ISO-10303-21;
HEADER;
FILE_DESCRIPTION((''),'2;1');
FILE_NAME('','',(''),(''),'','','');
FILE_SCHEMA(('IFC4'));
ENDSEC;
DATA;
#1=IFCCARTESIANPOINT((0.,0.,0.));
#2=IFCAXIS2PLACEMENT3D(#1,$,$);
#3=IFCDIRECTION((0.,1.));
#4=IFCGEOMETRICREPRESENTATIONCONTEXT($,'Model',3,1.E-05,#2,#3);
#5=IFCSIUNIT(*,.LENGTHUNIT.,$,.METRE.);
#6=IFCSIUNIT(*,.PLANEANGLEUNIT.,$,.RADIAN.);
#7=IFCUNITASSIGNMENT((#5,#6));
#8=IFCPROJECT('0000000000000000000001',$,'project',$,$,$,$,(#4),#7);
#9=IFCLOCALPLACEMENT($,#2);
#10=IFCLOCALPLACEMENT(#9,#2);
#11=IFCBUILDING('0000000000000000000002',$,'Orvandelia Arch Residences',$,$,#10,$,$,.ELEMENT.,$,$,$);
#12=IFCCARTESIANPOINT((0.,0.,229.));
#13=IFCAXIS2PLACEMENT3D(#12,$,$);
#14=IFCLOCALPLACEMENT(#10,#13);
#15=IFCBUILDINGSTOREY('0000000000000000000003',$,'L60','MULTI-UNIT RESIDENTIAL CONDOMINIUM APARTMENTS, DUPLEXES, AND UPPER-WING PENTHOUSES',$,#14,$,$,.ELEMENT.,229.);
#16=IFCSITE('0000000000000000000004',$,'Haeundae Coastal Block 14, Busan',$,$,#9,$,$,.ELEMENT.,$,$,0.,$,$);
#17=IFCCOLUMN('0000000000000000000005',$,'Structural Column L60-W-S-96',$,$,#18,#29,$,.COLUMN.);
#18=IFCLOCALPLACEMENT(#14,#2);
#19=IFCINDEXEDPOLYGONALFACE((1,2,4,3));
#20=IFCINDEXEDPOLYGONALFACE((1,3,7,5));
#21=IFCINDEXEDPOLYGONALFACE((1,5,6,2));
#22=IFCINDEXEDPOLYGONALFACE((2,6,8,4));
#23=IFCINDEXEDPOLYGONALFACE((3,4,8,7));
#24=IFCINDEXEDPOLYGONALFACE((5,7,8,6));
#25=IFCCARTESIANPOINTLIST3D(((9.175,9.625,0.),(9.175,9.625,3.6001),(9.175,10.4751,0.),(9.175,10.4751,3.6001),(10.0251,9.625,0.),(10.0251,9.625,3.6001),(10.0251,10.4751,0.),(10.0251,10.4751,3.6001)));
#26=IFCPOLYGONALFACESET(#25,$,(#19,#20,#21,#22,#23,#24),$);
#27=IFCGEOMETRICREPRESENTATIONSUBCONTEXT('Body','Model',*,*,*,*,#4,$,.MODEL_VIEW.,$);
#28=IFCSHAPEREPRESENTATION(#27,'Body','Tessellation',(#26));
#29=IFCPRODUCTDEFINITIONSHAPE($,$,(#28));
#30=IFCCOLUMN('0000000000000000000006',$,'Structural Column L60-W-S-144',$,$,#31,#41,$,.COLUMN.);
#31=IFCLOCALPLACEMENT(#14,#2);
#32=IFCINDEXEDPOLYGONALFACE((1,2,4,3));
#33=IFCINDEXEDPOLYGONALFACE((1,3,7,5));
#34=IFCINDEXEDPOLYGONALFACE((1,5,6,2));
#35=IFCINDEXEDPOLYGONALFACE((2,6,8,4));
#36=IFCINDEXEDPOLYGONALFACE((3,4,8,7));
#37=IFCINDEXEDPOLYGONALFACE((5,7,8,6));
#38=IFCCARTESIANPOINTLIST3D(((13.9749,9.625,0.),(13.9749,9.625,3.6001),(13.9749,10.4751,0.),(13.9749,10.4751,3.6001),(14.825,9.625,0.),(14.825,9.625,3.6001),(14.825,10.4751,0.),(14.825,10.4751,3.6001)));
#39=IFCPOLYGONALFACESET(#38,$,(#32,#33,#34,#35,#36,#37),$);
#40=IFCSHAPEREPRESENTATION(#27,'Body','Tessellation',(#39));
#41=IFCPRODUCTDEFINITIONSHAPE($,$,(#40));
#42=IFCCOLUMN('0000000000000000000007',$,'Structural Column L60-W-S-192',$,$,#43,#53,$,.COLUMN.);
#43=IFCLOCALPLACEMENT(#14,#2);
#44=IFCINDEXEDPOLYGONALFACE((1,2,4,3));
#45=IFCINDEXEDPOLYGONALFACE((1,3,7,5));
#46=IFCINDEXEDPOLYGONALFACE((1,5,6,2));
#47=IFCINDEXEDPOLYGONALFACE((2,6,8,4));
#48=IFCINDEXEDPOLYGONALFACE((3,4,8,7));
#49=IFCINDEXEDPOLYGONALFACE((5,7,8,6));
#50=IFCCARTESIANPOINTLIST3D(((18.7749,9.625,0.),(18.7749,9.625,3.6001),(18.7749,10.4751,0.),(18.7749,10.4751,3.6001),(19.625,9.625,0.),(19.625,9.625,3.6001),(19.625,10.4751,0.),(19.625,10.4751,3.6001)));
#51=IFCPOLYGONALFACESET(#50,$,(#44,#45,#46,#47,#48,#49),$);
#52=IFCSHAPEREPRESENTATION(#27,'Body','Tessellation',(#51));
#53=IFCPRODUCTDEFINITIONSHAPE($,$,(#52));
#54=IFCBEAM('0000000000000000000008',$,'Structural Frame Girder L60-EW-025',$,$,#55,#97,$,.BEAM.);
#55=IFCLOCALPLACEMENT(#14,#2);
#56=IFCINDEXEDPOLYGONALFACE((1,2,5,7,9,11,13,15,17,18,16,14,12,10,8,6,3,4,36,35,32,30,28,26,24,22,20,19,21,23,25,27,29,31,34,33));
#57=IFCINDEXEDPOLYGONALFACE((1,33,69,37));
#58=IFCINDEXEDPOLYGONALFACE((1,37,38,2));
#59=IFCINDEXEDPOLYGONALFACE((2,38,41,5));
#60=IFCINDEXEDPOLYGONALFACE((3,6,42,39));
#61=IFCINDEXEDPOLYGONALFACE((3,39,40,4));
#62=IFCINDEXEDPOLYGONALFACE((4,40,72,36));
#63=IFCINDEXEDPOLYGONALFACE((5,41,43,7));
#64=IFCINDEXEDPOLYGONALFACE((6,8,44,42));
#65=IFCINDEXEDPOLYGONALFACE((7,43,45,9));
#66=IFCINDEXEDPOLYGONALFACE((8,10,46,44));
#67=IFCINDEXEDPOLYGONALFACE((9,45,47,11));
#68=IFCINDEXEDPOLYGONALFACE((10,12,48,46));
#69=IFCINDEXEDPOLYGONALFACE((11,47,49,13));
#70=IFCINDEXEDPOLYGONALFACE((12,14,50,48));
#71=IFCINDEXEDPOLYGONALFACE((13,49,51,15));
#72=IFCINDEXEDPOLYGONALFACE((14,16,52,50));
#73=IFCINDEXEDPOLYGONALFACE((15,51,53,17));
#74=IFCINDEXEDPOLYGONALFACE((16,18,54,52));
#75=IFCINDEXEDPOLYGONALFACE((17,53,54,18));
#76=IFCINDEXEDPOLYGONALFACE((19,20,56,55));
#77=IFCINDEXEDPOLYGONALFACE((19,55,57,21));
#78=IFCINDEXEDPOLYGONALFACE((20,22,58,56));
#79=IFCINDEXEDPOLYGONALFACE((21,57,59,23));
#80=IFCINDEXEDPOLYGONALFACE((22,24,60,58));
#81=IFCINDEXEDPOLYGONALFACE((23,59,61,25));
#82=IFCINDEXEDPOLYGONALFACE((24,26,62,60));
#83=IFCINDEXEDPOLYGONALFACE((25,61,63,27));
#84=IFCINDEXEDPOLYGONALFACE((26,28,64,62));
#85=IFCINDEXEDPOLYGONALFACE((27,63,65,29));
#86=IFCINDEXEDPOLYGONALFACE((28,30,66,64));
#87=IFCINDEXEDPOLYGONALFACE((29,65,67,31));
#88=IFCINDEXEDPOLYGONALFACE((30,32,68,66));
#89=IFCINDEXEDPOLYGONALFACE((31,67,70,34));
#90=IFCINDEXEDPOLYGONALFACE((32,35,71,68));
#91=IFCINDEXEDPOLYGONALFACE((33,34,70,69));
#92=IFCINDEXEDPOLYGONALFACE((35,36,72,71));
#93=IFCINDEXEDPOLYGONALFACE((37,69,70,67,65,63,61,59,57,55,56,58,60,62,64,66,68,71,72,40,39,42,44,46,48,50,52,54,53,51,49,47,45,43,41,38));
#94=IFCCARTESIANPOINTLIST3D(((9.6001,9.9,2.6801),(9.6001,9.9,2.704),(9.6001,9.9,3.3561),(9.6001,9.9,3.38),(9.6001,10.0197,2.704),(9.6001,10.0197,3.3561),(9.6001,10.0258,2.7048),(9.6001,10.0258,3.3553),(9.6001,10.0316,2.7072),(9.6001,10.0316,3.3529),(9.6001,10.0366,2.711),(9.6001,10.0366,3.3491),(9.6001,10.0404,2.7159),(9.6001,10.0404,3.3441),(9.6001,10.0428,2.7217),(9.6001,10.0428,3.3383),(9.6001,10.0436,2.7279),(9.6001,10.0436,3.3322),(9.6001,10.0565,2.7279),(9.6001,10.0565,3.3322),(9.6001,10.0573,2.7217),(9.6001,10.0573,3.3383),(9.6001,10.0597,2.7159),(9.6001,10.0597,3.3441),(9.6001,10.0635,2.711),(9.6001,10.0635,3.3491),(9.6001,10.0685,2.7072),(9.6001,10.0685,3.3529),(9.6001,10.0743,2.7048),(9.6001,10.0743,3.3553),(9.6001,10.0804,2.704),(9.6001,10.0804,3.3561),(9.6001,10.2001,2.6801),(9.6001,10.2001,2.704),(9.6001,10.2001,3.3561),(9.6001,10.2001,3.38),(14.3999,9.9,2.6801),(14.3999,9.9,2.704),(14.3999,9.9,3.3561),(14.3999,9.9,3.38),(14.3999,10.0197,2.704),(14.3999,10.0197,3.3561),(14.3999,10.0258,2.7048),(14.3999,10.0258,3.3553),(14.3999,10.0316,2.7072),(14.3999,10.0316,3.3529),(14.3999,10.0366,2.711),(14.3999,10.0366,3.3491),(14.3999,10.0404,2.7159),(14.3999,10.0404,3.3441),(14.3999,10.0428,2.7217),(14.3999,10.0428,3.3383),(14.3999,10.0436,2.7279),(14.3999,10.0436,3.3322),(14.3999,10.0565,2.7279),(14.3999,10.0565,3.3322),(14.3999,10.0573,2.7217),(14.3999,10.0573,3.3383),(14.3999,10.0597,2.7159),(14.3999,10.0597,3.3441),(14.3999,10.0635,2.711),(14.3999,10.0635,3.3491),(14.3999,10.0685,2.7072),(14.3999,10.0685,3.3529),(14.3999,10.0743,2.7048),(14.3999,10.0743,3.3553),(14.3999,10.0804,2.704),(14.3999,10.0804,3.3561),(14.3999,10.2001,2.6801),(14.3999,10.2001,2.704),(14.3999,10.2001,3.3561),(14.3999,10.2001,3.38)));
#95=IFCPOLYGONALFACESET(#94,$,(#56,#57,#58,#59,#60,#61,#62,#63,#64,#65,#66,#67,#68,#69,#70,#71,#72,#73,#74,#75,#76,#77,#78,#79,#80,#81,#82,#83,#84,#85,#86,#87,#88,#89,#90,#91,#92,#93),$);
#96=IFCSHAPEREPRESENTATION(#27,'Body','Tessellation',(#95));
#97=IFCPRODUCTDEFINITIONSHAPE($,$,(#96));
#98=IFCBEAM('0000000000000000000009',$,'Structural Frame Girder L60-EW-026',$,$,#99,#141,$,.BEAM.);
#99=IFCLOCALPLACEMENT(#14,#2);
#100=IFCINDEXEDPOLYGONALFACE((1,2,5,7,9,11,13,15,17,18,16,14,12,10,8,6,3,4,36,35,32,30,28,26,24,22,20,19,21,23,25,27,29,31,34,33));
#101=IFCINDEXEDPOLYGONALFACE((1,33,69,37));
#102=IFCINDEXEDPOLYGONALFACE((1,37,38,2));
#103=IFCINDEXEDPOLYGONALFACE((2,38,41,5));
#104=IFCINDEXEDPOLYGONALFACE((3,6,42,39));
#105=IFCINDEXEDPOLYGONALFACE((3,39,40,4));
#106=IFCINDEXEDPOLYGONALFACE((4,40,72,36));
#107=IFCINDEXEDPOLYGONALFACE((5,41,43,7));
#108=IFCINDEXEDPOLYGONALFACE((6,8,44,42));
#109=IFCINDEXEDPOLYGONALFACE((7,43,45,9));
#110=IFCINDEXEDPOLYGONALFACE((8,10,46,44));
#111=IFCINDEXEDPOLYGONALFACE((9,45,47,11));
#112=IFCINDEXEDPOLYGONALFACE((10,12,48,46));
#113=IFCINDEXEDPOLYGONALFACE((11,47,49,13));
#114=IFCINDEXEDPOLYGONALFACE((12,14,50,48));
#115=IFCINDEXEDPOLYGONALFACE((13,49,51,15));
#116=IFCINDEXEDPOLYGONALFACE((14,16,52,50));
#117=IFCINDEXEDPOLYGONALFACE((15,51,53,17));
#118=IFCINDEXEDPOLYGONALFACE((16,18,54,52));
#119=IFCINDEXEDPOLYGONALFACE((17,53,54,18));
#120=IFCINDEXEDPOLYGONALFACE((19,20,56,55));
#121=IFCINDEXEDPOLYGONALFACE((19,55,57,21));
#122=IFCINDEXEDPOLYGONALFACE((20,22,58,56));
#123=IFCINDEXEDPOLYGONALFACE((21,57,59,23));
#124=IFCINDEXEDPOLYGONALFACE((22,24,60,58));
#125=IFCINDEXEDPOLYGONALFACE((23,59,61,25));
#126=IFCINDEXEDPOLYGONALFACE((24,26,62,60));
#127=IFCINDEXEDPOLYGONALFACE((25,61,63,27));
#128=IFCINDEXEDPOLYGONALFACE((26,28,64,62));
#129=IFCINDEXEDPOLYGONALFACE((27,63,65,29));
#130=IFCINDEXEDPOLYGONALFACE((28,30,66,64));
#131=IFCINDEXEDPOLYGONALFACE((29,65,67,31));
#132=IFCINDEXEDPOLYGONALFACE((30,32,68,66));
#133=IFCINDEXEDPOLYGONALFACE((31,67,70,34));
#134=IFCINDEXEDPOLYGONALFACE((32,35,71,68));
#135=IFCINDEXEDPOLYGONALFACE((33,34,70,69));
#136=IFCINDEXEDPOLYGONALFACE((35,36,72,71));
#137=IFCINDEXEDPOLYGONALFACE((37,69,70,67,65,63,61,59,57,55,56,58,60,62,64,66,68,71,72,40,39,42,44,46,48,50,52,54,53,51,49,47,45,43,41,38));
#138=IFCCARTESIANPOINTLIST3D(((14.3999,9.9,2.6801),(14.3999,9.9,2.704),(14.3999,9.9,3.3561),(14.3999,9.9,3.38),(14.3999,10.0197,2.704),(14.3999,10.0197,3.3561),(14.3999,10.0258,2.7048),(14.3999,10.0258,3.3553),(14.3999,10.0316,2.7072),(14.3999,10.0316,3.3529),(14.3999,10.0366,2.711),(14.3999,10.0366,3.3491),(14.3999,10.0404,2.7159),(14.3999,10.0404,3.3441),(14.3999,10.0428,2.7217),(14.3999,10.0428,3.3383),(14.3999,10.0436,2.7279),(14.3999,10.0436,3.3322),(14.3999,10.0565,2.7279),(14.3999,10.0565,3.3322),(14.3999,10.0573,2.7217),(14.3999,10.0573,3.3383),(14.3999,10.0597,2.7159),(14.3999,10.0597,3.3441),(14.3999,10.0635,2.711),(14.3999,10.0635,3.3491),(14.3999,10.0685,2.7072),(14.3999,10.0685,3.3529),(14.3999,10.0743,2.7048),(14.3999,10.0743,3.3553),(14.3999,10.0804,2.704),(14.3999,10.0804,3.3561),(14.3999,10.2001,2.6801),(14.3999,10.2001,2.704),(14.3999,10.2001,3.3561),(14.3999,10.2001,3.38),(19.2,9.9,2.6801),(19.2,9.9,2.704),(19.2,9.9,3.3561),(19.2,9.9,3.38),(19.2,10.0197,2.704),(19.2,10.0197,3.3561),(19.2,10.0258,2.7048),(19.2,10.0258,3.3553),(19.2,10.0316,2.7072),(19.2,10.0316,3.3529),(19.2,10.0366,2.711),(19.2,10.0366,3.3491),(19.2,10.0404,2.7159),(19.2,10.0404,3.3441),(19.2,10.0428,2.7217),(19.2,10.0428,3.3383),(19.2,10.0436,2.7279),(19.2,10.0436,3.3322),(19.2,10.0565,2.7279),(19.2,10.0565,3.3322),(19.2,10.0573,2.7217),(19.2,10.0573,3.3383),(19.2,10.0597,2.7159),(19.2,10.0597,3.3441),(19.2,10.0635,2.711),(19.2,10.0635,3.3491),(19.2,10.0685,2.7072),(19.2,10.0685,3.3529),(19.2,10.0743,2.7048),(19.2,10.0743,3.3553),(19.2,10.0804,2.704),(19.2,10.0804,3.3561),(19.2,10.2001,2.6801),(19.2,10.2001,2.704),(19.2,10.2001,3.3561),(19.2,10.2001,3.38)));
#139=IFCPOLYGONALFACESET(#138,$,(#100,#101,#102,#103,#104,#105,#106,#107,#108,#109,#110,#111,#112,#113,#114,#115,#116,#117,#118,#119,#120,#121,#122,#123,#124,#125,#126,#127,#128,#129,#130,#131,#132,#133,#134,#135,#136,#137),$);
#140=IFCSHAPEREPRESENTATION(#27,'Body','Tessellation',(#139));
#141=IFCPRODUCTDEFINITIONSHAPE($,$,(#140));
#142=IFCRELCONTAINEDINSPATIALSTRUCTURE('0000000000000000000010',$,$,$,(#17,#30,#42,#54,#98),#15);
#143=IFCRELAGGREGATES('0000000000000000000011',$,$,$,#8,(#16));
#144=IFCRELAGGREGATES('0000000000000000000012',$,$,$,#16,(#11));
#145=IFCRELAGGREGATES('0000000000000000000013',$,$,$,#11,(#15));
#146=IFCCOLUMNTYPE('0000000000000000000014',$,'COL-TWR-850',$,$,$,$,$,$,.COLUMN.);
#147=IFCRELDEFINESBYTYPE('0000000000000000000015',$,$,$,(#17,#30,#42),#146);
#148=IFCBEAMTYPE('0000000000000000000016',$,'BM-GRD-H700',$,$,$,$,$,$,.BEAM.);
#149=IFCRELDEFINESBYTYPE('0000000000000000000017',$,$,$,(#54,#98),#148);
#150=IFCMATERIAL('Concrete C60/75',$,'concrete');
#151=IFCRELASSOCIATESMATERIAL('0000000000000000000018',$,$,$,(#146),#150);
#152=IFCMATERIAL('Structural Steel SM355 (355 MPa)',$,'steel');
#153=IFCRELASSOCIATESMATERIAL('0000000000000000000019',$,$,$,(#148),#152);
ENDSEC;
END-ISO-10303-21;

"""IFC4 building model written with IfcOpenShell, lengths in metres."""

from ifc_helpers import new_model, si_unit, direction, frame, origin, origin_2d, place, context, subcontext, project, spatial, rectangle, i_section, extrude, material, material_profile, profile_set, type_object, element, save


model = new_model("IFC4")

# Units and contexts
model_context = context("Model", 3, precision=1e-05, world=origin(), true_north=direction((0.0, 1.0)))
body_context = subcontext(model_context, "Body", "Model", "MODEL_VIEW")
ifc_project = project(units=[si_unit("LENGTHUNIT", "METRE"), si_unit("PLANEANGLEUNIT", "RADIAN")], contexts=[model_context])

# Site, building, storey
site_placement = place(None, origin())
site = spatial("IfcSite", under=ifc_project, at=site_placement, Name="Haeundae Coastal Block 14, Busan", CompositionType="ELEMENT", RefElevation=0.0)
building_placement = place(site_placement, origin())
building = spatial("IfcBuilding", under=site, at=building_placement, Name="Orvandelia Arch Residences", CompositionType="ELEMENT")
storey_placement = place(building_placement, frame((0.0, 0.0, 229.0)))
storey = spatial("IfcBuildingStorey", under=building, at=storey_placement, Name="L60", Description="MULTI-UNIT RESIDENTIAL CONDOMINIUM APARTMENTS, DUPLEXES, AND UPPER-WING PENTHOUSES", CompositionType="ELEMENT", Elevation=229.0)

# Columns
ifc_material_1 = material(Name="Concrete C60/75", Category="concrete")
ifc_material_profile_1 = material_profile(ifc_material_1, rectangle(XDim=0.8501, YDim=0.8501, at=origin_2d()), Name="Concrete C60/75", Category="concrete")
ifc_profile_set_1 = profile_set([ifc_material_profile_1], Name="Concrete C60/75")
column_type = type_object("IfcColumnType", Name="COL-TWR-850", PredefinedType="COLUMN", material=ifc_profile_set_1)
for number, where, z_axis, x_axis, name in (
    (1, (9.6001, 10.05, 0.0), (0.0, 0.0, 1.0), (1.0, 0.0, 0.0), "Structural Column L60-W-S-96"),
    (2, (14.3999, 10.05, 0.0), (0.0, 0.0, 1.0), (1.0, 0.0, 0.0), "Structural Column L60-W-S-144"),
    (3, (19.2, 10.05, 0.0), (0.0, 0.0, 1.0), (1.0, 0.0, 0.0), "Structural Column L60-W-S-192"),
):
    element("IfcColumn", number, at=place(storey_placement, frame(where, z_axis=z_axis, x_axis=x_axis)), inside=storey, type_object=column_type, Name=name, PredefinedType="COLUMN", context=body_context, shape_type="SweptSolid", body=[
        extrude(rectangle(XDim=0.8501, YDim=0.8501, at=origin_2d()), origin(), (0.0, 0.0, 1.0), 3.6001),
    ])

# Beams
ifc_material_2 = material(Name="Structural Steel SM355 (355 MPa)", Category="steel")
ifc_material_profile_2 = material_profile(ifc_material_2, i_section(OverallWidth=0.3, OverallDepth=0.7, WebThickness=0.0129, FlangeThickness=0.0239, FilletRadius=0.0239, at=origin_2d()), Name="Structural Steel SM355 (355 MPa)", Category="steel")
ifc_profile_set_2 = profile_set([ifc_material_profile_2], Name="Structural Steel SM355 (355 MPa)")
beam_type = type_object("IfcBeamType", Name="BM-GRD-H700", PredefinedType="BEAM", material=ifc_profile_set_2)
beam_1_placement = place(storey_placement, frame((9.6001, 10.05, 3.03), z_axis=(1.0, 0.0, 0.0), x_axis=(0.0, 1.0, 0.0)))
element("IfcBeam", 4, at=beam_1_placement, inside=storey, type_object=beam_type, Name="Structural Frame Girder L60-EW-025", PredefinedType="BEAM", context=body_context, shape_type="SweptSolid", body=[
    extrude(i_section(OverallWidth=0.3, OverallDepth=0.7, WebThickness=0.0129, FlangeThickness=0.0239, FilletRadius=0.0239, at=origin_2d()), origin(), (0.0, 0.0, 1.0), 4.7998),
])
beam_2_placement = place(storey_placement, frame((14.3999, 10.05, 3.03), z_axis=(1.0, 0.0, 0.0), x_axis=(0.0, 1.0, 0.0)))
element("IfcBeam", 5, at=beam_2_placement, inside=storey, type_object=beam_type, Name="Structural Frame Girder L60-EW-026", PredefinedType="BEAM", context=body_context, shape_type="SweptSolid", body=[
    extrude(i_section(OverallWidth=0.3, OverallDepth=0.7, WebThickness=0.0129, FlangeThickness=0.0239, FilletRadius=0.0239, at=origin_2d()), origin(), (0.0, 0.0, 1.0), 4.8),
])

save(model, "model.ifc")
